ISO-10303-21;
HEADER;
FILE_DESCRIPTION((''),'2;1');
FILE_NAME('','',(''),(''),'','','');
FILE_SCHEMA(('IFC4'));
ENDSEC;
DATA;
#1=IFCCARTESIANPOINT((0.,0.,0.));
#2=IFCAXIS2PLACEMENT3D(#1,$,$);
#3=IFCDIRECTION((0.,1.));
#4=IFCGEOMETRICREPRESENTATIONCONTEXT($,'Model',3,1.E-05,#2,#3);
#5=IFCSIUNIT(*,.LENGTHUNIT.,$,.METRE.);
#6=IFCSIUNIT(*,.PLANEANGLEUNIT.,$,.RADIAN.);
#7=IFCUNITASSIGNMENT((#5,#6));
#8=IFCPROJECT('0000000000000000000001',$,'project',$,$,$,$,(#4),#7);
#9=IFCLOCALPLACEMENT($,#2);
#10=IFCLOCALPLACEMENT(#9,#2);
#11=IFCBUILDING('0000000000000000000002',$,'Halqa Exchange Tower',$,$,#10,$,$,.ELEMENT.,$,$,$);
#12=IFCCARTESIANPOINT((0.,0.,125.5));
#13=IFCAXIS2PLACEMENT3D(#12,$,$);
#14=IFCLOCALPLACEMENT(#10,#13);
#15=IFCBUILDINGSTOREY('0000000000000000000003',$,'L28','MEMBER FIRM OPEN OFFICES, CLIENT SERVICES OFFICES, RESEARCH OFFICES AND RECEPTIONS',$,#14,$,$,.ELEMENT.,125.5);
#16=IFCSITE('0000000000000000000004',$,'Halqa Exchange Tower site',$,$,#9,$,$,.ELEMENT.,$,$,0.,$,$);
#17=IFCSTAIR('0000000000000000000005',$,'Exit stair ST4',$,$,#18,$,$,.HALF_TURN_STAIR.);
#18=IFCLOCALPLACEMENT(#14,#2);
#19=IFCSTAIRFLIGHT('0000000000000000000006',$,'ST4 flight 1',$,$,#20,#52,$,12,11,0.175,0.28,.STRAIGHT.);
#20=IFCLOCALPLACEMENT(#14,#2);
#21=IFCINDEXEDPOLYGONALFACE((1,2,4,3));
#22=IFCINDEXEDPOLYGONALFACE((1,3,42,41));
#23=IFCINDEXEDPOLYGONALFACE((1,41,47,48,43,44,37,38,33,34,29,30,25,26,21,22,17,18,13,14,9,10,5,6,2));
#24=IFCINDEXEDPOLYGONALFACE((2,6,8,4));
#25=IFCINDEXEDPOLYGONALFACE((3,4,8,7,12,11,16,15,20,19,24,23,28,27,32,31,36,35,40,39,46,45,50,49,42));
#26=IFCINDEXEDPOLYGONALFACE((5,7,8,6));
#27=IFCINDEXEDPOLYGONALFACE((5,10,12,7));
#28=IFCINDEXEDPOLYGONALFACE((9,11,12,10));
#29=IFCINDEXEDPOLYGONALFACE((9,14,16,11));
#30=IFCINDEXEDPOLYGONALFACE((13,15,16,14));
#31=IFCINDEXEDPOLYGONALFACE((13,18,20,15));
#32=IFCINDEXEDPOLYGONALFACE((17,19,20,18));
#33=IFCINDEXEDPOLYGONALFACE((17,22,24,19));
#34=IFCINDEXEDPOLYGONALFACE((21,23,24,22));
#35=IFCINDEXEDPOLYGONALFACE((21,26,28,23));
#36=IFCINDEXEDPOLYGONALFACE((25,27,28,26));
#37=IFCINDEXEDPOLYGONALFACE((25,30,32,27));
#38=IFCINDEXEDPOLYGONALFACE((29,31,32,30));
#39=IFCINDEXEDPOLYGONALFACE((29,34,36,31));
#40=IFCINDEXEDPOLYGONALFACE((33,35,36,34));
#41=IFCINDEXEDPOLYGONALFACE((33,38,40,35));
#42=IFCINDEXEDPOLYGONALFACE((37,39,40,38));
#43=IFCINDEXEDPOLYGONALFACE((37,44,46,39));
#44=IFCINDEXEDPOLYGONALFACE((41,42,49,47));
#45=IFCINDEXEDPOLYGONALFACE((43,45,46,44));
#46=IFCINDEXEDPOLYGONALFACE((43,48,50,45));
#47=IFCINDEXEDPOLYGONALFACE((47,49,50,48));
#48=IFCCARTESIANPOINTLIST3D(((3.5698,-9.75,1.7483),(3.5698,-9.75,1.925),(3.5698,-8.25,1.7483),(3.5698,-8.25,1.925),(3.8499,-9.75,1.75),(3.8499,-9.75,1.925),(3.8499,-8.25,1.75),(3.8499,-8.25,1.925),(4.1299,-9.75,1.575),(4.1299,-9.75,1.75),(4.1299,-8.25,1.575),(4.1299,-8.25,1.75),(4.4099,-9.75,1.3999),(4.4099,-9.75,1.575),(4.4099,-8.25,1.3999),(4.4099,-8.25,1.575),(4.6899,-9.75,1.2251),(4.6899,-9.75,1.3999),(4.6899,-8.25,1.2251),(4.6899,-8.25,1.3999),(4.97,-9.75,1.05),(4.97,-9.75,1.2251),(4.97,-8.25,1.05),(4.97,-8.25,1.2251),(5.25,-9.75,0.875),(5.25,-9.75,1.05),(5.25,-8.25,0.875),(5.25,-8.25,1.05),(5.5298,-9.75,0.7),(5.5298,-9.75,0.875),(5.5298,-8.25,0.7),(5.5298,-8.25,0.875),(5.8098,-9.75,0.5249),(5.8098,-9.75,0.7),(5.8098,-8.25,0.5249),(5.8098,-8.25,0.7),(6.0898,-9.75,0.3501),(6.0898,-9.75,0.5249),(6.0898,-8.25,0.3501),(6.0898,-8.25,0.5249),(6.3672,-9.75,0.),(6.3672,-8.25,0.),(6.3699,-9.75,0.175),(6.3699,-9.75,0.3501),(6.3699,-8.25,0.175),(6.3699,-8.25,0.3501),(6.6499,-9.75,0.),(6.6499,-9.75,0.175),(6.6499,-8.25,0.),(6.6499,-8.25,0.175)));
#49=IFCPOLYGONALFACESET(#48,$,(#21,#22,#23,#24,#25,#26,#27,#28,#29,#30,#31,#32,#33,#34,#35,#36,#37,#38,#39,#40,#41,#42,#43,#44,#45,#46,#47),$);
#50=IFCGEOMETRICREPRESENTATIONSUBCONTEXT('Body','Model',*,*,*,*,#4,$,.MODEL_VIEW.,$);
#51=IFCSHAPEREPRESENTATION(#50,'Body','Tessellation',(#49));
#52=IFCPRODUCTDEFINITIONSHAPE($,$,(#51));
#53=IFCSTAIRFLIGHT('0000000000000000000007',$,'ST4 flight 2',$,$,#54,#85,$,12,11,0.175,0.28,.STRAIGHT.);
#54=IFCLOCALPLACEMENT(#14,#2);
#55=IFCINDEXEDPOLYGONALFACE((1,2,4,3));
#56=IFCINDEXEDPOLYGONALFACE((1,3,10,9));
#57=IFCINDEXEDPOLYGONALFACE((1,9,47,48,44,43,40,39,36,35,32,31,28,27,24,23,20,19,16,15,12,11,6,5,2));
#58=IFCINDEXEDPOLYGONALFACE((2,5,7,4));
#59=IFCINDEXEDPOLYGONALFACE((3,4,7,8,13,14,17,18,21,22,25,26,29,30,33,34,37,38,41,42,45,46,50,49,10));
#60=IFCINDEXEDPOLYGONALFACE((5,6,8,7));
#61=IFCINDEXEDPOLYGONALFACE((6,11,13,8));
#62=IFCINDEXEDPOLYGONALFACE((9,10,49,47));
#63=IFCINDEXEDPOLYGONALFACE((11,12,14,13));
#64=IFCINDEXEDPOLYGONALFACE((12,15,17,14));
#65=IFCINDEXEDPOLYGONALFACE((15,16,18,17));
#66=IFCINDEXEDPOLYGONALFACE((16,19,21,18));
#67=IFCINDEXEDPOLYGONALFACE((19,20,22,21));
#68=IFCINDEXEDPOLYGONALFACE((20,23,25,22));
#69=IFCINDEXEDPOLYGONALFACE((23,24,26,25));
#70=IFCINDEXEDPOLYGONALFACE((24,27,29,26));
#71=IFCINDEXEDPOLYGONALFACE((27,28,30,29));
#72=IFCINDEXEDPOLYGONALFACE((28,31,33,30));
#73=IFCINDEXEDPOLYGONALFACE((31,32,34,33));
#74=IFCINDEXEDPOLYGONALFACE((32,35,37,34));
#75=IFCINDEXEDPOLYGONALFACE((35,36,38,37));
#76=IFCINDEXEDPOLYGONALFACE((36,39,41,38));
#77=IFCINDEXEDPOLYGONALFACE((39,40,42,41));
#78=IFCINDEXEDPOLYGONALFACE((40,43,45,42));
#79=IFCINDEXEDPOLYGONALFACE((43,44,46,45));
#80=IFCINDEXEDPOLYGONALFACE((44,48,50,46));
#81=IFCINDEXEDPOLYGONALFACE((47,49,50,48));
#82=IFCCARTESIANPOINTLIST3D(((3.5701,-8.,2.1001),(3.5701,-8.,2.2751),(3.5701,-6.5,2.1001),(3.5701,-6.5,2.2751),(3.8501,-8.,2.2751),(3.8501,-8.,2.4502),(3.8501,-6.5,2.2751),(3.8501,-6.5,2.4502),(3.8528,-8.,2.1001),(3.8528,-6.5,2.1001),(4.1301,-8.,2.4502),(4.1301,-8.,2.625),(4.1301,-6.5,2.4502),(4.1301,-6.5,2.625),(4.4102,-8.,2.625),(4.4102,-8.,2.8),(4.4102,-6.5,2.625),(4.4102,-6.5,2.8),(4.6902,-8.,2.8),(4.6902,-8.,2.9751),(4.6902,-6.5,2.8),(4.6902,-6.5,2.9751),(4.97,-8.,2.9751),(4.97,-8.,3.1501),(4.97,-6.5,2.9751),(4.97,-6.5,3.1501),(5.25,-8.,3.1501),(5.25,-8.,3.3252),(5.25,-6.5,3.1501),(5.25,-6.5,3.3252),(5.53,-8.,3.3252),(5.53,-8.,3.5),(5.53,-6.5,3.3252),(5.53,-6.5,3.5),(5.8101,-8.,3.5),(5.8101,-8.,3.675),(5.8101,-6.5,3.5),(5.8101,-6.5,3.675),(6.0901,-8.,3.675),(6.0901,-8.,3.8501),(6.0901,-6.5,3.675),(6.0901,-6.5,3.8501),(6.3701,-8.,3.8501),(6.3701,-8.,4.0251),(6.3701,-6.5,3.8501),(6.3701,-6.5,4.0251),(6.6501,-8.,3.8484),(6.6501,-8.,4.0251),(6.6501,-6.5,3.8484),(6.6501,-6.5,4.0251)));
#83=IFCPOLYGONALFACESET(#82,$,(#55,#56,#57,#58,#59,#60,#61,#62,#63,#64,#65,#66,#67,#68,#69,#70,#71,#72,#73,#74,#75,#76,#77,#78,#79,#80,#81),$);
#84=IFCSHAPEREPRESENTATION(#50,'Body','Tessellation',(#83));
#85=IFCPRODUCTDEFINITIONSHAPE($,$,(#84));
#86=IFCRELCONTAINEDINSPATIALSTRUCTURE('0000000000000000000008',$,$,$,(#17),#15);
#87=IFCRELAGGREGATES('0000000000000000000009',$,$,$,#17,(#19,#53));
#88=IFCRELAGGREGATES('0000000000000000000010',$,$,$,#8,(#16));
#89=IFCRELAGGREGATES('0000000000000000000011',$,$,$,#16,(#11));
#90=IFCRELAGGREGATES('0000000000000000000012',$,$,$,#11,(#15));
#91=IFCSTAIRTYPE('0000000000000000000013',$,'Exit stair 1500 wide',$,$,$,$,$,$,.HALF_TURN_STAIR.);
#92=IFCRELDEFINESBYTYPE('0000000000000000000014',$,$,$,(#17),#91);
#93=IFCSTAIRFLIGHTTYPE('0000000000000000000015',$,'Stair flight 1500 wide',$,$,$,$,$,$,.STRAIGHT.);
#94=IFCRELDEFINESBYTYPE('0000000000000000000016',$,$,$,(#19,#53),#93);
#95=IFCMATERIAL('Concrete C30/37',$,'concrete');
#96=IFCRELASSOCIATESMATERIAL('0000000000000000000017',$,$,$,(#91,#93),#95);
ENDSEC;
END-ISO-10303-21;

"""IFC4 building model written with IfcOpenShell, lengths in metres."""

from ifc_helpers import new_model, si_unit, direction, frame, origin, place, context, subcontext, project, spatial, polyline, outline, extrude, material, type_object, element, aggregate, save


model = new_model("IFC4")

# Units and contexts
model_context = context("Model", 3, precision=1e-05, world=origin(), true_north=direction((0.0, 1.0)))
body_context = subcontext(model_context, "Body", "Model", "MODEL_VIEW")
ifc_project = project(units=[si_unit("LENGTHUNIT", "METRE"), si_unit("PLANEANGLEUNIT", "RADIAN")], contexts=[model_context])

# Site, building, storey
site_placement = place(None, origin())
site = spatial("IfcSite", under=ifc_project, at=site_placement, Name="Halqa Exchange Tower site", CompositionType="ELEMENT", RefElevation=0.0)
building_placement = place(site_placement, origin())
building = spatial("IfcBuilding", under=site, at=building_placement, Name="Halqa Exchange Tower", CompositionType="ELEMENT")
storey_placement = place(building_placement, frame((0.0, 0.0, 125.5)))
storey = spatial("IfcBuildingStorey", under=building, at=storey_placement, Name="L28", Description="MEMBER FIRM OPEN OFFICES, CLIENT SERVICES OFFICES, RESEARCH OFFICES AND RECEPTIONS", CompositionType="ELEMENT", Elevation=125.5)

# Shared definitions
ifc_material_1 = material(Name="Concrete C30/37", Category="concrete")

# Stair, stair flights
stair_type = type_object("IfcStairType", Name="Exit stair 1500 wide", PredefinedType="HALF_TURN_STAIR", material=ifc_material_1)
stair_placement = place(storey_placement, origin())
stair = element("IfcStair", 1, at=stair_placement, inside=storey, type_object=stair_type, Name="Exit stair ST4", PredefinedType="HALF_TURN_STAIR")
stair_flight_type = type_object("IfcStairFlightType", Name="Stair flight 1500 wide", PredefinedType="STRAIGHT", material=ifc_material_1)
stair_flight_1_placement = place(storey_placement, frame((6.6499, -9.0, 0.0), z_axis=(0.0, 0.0, 1.0), x_axis=(-1.0, 0.0, 0.0)))
stair_flight_1 = element("IfcStairFlight", 2, at=stair_flight_1_placement, type_object=stair_flight_type, Name="ST4 flight 1", NumberOfRisers=12, NumberOfTreads=11, PredefinedType="STRAIGHT", RiserHeight=0.175, TreadLength=0.28, context=body_context, shape_type="SweptSolid", body=[
    extrude(outline(polyline([(0.0, 0.0), (0.0, 0.175), (0.28, 0.175), (0.28, 0.3501), (0.5601, 0.3501), (0.5601, 0.5249), (0.8401, 0.5249), (0.8401, 0.7), (1.1201, 0.7), (1.1201, 0.875), (1.3999, 0.875), (1.3999, 1.05), (1.6799, 1.05), (1.6799, 1.2251), (1.96, 1.2251), (1.96, 1.3999), (2.24, 1.3999), (2.24, 1.575), (2.52, 1.575), (2.52, 1.75), (2.8, 1.75), (2.8, 1.925), (3.0801, 1.925), (3.0801, 2.1001), (3.0801, 1.7483), (0.2827, 0.0), (0.0, 0.0)])), frame((0.0, 0.75, 0.0), z_axis=(0.0, -1.0, 0.0), x_axis=(1.0, 0.0, 0.0)), (0.0, 0.0, 1.0), 1.5),
])
stair_flight_2_placement = place(storey_placement, frame((3.5701, -7.25, 2.1001), z_axis=(0.0, 0.0, 1.0), x_axis=(1.0, 0.0, 0.0)))
stair_flight_2 = element("IfcStairFlight", 3, at=stair_flight_2_placement, type_object=stair_flight_type, Name="ST4 flight 2", NumberOfRisers=12, NumberOfTreads=11, PredefinedType="STRAIGHT", RiserHeight=0.175, TreadLength=0.28, context=body_context, shape_type="SweptSolid", body=[
    extrude(outline(polyline([(0.0, 0.0), (0.0, 0.175), (0.28, 0.175), (0.28, 0.3501), (0.5601, 0.3501), (0.5601, 0.5249), (0.8401, 0.5249), (0.8401, 0.7), (1.1201, 0.7), (1.1201, 0.875), (1.3999, 0.875), (1.3999, 1.05), (1.6799, 1.05), (1.6799, 1.2251), (1.96, 1.2251), (1.96, 1.3999), (2.24, 1.3999), (2.24, 1.575), (2.52, 1.575), (2.52, 1.75), (2.8, 1.75), (2.8, 1.925), (3.0801, 1.925), (3.0801, 2.1001), (3.0801, 1.7483), (0.2827, 0.0), (0.0, 0.0)])), frame((0.0, 0.75, 0.0), z_axis=(0.0, -1.0, 0.0), x_axis=(1.0, 0.0, 0.0)), (0.0, 0.0, 1.0), 1.5),
])
aggregate(stair, [stair_flight_1, stair_flight_2])

save(model, "model.ifc")
